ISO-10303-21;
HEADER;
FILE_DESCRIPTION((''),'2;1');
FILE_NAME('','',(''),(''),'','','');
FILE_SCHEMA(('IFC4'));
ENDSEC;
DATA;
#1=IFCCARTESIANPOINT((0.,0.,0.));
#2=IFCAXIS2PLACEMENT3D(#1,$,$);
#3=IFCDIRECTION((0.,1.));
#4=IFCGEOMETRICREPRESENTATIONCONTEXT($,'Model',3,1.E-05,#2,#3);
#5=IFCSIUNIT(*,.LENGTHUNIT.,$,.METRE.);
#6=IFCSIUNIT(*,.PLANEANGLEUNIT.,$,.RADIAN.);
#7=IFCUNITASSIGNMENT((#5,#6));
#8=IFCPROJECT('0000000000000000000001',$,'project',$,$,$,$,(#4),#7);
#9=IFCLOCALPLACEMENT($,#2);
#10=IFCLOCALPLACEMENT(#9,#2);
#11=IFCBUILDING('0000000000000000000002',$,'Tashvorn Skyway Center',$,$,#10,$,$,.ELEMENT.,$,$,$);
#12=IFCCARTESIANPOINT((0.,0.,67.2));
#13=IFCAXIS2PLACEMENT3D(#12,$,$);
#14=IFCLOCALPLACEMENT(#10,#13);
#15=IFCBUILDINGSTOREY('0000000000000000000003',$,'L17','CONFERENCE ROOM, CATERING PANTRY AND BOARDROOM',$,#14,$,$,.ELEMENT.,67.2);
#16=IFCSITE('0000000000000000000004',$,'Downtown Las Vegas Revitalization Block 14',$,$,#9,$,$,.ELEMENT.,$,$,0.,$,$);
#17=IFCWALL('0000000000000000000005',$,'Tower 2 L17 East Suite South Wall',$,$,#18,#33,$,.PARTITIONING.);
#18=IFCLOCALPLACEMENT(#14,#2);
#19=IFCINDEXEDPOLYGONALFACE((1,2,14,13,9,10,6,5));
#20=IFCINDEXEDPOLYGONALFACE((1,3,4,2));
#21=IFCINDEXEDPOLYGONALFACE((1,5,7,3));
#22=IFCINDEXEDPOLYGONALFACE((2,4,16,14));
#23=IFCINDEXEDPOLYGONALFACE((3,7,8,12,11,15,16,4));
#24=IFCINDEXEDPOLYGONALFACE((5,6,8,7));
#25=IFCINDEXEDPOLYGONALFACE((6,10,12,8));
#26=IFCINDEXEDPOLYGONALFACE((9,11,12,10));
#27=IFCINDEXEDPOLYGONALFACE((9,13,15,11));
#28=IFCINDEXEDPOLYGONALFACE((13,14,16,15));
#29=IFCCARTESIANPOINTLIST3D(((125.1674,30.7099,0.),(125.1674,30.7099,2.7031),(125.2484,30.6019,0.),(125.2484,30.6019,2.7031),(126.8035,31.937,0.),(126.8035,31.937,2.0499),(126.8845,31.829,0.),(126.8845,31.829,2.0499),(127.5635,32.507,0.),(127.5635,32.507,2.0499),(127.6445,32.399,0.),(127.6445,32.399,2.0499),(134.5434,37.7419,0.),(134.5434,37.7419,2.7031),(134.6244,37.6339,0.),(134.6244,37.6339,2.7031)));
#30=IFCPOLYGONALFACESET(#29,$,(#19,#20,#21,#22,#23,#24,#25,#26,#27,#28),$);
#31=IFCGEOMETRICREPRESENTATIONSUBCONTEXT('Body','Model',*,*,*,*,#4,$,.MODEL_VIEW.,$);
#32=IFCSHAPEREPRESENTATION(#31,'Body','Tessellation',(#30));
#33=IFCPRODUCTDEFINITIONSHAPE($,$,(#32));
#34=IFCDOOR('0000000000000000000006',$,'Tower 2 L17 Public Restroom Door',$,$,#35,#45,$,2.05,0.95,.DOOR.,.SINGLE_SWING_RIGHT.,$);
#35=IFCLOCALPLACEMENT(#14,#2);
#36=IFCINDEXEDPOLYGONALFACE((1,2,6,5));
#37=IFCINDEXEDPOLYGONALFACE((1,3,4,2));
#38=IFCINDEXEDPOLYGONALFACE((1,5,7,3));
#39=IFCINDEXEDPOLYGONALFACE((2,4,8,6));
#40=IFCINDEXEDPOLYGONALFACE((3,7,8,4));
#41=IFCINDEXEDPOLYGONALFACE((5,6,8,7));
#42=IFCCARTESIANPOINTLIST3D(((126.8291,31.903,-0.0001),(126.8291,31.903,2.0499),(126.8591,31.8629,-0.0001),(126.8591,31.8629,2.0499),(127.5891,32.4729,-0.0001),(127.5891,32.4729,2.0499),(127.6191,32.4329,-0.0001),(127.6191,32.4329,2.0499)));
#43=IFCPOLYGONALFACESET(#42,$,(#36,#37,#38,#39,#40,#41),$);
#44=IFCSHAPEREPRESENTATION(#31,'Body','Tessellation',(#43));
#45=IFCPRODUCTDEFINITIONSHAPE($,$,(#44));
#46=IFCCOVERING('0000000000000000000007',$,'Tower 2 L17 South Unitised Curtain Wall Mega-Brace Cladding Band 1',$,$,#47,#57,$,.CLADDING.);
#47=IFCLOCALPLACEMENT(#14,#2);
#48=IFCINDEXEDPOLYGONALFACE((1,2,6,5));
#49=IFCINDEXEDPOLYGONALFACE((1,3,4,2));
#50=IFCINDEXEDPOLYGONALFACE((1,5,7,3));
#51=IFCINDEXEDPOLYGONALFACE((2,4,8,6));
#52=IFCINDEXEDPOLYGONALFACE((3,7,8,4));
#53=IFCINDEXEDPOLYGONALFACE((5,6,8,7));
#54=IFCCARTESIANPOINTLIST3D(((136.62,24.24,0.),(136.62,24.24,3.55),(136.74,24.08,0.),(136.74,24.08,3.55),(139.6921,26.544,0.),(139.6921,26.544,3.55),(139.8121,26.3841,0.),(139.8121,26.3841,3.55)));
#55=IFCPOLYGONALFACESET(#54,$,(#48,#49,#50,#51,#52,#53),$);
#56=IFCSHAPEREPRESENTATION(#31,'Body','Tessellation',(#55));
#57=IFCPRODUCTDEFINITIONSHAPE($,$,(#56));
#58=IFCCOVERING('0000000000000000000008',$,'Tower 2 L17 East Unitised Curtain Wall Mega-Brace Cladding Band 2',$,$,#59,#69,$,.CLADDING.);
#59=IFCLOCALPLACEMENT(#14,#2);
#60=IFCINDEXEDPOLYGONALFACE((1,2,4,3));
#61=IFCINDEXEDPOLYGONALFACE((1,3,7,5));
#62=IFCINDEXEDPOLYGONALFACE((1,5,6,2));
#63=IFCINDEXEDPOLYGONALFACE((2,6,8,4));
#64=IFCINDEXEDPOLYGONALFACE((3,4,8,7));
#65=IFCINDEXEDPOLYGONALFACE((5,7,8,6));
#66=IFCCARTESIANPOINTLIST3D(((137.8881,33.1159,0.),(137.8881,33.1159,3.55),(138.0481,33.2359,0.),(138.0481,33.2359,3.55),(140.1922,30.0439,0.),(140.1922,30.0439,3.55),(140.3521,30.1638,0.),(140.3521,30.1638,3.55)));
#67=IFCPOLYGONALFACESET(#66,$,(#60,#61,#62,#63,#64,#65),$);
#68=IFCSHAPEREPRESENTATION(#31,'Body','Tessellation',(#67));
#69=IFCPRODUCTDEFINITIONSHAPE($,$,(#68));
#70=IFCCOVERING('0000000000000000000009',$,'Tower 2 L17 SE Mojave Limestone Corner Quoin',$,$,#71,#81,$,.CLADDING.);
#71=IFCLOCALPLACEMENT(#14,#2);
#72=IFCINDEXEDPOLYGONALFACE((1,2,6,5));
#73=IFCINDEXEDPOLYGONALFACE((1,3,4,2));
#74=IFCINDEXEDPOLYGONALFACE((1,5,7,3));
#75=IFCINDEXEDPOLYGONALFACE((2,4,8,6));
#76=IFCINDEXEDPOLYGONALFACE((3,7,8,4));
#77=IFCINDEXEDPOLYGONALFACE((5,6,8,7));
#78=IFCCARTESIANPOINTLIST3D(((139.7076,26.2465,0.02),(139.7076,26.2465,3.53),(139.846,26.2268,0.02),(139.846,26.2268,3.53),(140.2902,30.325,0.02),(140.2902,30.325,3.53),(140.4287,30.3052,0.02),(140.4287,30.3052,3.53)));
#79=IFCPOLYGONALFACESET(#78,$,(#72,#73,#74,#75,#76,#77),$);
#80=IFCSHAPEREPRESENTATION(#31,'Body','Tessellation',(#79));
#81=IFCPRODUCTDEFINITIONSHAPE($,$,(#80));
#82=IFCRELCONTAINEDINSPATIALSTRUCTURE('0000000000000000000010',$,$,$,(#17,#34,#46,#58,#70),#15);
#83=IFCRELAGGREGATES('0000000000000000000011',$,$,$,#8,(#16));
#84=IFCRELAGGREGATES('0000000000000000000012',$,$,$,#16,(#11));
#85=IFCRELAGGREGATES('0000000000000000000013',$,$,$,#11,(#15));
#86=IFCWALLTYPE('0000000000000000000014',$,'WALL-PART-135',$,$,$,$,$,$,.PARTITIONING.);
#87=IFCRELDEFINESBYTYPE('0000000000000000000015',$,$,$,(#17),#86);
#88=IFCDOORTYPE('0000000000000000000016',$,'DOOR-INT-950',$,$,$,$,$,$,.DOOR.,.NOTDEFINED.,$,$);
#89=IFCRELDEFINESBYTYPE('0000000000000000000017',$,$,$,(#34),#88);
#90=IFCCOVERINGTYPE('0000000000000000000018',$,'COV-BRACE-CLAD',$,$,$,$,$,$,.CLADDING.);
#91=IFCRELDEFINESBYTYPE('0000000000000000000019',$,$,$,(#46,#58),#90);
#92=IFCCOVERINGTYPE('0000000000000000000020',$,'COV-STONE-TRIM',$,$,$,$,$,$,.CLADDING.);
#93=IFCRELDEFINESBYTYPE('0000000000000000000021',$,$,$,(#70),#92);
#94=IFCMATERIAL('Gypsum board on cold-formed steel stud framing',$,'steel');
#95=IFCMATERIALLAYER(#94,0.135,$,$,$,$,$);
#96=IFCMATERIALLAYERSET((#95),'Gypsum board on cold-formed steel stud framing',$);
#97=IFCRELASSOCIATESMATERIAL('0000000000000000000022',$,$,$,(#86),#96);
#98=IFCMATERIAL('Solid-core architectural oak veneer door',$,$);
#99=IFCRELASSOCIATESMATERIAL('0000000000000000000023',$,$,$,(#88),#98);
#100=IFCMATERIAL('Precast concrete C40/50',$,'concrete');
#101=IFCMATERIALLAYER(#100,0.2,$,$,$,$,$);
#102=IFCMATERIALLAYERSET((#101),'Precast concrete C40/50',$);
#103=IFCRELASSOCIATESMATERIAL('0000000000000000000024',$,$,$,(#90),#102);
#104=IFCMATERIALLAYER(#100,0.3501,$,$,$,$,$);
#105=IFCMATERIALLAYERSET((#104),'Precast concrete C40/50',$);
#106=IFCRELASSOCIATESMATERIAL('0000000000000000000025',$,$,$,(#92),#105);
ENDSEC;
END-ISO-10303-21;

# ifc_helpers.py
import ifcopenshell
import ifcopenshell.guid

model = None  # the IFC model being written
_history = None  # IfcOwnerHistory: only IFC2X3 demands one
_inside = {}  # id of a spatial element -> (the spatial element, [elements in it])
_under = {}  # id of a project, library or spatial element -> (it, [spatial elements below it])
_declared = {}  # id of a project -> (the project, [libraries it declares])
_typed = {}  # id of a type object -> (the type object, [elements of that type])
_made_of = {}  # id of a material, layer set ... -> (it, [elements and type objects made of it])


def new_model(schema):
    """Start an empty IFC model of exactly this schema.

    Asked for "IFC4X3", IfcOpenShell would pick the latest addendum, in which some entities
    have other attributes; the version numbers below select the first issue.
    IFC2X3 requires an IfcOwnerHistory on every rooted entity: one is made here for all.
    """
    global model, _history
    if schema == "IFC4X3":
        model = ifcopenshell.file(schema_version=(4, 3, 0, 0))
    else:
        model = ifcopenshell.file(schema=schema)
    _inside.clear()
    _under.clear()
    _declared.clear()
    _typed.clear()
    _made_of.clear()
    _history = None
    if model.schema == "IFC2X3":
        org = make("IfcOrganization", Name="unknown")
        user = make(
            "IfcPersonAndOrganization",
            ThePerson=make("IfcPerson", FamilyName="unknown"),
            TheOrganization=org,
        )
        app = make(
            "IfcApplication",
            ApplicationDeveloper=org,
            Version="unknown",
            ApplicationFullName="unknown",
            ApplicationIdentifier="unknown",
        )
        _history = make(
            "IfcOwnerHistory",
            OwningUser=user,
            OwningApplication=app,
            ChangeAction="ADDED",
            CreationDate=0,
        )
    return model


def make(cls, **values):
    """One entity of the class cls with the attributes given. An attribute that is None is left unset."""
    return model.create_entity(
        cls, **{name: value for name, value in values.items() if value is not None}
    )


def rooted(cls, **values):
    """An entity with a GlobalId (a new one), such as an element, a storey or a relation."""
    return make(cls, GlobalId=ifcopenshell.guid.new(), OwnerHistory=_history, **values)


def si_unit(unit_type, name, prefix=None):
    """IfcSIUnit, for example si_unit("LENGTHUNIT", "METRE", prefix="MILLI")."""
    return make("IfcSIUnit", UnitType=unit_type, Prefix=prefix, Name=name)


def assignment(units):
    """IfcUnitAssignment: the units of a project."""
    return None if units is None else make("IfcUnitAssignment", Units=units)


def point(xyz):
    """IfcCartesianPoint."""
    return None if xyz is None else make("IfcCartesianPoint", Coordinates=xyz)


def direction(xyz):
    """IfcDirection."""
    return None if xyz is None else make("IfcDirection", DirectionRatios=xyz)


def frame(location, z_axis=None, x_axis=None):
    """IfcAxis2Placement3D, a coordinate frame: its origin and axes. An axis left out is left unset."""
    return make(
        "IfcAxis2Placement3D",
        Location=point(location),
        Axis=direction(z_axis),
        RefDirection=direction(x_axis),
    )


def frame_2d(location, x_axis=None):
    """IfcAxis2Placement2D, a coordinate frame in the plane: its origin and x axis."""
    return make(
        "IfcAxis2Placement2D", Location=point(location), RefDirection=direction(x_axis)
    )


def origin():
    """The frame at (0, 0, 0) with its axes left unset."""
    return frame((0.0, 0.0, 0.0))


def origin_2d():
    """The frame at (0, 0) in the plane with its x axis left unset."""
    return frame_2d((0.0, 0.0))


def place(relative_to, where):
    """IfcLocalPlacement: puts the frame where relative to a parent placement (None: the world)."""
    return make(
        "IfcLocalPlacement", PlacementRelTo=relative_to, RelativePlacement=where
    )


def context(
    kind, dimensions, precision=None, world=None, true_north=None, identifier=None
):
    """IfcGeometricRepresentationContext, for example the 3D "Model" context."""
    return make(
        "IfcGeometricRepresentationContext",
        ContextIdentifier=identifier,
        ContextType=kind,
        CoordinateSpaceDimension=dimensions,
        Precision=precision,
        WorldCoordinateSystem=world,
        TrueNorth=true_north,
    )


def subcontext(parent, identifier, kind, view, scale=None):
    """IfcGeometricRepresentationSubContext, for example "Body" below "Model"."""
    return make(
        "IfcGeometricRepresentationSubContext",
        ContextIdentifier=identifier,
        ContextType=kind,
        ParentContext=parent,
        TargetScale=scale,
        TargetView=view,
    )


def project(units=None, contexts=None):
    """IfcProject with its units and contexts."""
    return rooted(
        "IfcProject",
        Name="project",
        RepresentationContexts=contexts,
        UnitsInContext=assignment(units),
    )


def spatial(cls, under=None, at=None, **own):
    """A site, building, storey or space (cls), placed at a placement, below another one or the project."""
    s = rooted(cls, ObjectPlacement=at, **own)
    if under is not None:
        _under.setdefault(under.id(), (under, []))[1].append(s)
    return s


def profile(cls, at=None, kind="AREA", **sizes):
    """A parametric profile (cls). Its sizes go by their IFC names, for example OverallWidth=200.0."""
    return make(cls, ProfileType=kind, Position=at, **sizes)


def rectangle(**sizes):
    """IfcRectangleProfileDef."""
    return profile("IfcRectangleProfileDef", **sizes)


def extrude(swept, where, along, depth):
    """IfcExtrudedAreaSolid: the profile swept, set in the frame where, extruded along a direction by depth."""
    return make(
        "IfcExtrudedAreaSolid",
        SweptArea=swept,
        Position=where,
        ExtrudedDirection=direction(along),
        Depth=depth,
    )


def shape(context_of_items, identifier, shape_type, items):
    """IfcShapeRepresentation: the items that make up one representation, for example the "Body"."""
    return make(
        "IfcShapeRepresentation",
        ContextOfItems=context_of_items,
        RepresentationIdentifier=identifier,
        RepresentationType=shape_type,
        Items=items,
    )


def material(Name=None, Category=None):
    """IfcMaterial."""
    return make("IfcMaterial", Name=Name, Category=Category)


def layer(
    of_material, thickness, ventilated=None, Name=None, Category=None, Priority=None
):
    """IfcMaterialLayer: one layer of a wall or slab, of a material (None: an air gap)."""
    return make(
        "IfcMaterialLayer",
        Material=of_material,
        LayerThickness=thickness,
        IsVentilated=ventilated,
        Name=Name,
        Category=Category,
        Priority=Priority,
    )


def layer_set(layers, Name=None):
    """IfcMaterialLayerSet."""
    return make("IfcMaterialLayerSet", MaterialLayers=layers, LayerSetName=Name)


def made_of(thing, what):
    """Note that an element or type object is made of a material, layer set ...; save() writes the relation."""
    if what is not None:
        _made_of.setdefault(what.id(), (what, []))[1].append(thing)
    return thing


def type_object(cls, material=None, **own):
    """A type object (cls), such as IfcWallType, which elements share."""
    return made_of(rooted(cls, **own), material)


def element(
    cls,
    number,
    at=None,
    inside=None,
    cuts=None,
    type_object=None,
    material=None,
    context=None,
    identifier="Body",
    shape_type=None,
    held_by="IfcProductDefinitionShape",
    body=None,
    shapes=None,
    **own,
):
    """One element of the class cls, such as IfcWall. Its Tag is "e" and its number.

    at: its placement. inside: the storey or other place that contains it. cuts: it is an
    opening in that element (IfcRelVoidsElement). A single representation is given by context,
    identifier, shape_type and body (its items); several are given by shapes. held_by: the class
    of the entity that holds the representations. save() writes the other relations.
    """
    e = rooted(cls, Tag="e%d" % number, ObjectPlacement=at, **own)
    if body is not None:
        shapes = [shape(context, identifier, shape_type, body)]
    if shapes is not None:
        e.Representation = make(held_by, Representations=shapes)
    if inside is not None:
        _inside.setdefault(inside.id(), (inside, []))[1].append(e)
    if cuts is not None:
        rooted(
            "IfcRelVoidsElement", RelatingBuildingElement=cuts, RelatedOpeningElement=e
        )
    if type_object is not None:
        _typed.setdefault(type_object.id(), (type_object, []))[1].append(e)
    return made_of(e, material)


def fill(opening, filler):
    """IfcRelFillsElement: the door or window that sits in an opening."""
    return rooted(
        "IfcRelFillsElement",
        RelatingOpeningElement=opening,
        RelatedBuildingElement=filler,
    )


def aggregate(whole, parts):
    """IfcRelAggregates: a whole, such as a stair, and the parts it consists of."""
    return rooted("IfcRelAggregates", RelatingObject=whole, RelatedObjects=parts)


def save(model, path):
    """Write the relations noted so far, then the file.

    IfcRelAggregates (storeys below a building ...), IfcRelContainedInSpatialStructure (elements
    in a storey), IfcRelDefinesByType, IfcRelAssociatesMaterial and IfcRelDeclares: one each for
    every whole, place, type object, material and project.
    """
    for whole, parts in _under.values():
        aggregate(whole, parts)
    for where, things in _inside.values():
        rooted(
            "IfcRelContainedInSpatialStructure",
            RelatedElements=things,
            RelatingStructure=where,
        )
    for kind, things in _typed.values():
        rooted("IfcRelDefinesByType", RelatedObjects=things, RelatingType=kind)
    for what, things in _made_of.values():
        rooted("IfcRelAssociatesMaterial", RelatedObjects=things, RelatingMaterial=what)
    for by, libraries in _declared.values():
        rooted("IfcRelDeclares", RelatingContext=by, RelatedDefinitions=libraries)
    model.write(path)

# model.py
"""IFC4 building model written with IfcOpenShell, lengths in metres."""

from ifc_helpers import new_model, si_unit, direction, frame, frame_2d, origin, origin_2d, place, context, subcontext, project, spatial, rectangle, extrude, material, layer, layer_set, type_object, element, fill, save


model = new_model("IFC4")

# Units and contexts
model_context = context("Model", 3, precision=1e-05, world=origin(), true_north=direction((0.0, 1.0)))
body_context = subcontext(model_context, "Body", "Model", "MODEL_VIEW")
ifc_project = project(units=[si_unit("LENGTHUNIT", "METRE"), si_unit("PLANEANGLEUNIT", "RADIAN")], contexts=[model_context])

# Site, building, storey
site_placement = place(None, origin())
site = spatial("IfcSite", under=ifc_project, at=site_placement, Name="Downtown Las Vegas Revitalization Block 14", CompositionType="ELEMENT", RefElevation=0.0)
building_placement = place(site_placement, origin())
building = spatial("IfcBuilding", under=site, at=building_placement, Name="Tashvorn Skyway Center", CompositionType="ELEMENT")
storey_placement = place(building_placement, frame((0.0, 0.0, 67.2)))
storey = spatial("IfcBuildingStorey", under=building, at=storey_placement, Name="L17", Description="CONFERENCE ROOM, CATERING PANTRY AND BOARDROOM", CompositionType="ELEMENT", Elevation=67.2)

# Shared definitions
ifc_material_1 = material(Name="Precast concrete C40/50", Category="concrete")

# Shared definitions
ifc_material_2 = material(Name="Gypsum board on cold-formed steel stud framing", Category="steel")
ifc_layer_1 = layer(ifc_material_2, 0.135)
ifc_layer_set_1 = layer_set([ifc_layer_1], Name="Gypsum board on cold-formed steel stud framing")
wall_type_1 = type_object("IfcWallType", Name="WALL-PART-135", PredefinedType="PARTITIONING", material=ifc_layer_set_1)
ifc_material_3 = material(Name="Solid-core architectural oak veneer door")
door_type_1 = type_object("IfcDoorType", Name="DOOR-INT-950", OperationType="NOTDEFINED", PredefinedType="DOOR", material=ifc_material_3)

# Wall, opening, door
wall_1_placement = place(storey_placement, frame((125.208, 30.656, 0.0), z_axis=(0.0, 0.0, 1.0), x_axis=(0.8, 0.6, 0.0)))
wall_1 = element("IfcWall", 1, at=wall_1_placement, inside=storey, type_object=wall_type_1, Name="Tower 2 L17 East Suite South Wall", PredefinedType="PARTITIONING", context=body_context, shape_type="SweptSolid", body=[
    extrude(rectangle(XDim=11.72, YDim=0.135, at=frame_2d((5.8599, 0.0))), origin(), (0.0, 0.0, 1.0), 2.7031),
])
opening_1_placement = place(wall_1_placement, frame((2.0449, 0.0, 0.0)))
opening_1 = element("IfcOpeningElement", 2, at=opening_1_placement, cuts=wall_1, PredefinedType="OPENING", context=body_context, shape_type="SweptSolid", body=[
    extrude(rectangle(XDim=0.95, YDim=2.05, at=frame_2d((0.4751, 1.0249))), frame((0.0, 0.0774, 0.0), z_axis=(0.0, -1.0, 0.0), x_axis=(1.0, 0.0, 0.0)), (0.0, 0.0, 1.0), 0.155),
])
door_1_placement = place(opening_1_placement, origin())
door_1 = element("IfcDoor", 3, at=door_1_placement, inside=storey, type_object=door_type_1, Name="Tower 2 L17 Public Restroom Door", OperationType="SINGLE_SWING_RIGHT", OverallHeight=2.05, OverallWidth=0.95, PredefinedType="DOOR", context=body_context, shape_type="SweptSolid", body=[
    extrude(rectangle(XDim=0.95, YDim=2.05, at=frame_2d((0.4751, 1.0249))), frame((0.0, 0.0249, 0.0), z_axis=(0.0, -1.0, 0.0), x_axis=(1.0, 0.0, 0.0)), (0.0, 0.0, 1.0), 0.05),
])
fill(opening_1, door_1)

# Coverings
ifc_layer_2 = layer(ifc_material_1, 0.2)
ifc_layer_set_2 = layer_set([ifc_layer_2], Name="Precast concrete C40/50")
covering_type_1 = type_object("IfcCoveringType", Name="COV-BRACE-CLAD", PredefinedType="CLADDING", material=ifc_layer_set_2)
for number, where, z_axis, x_axis, name in (
    (4, (138.2161, 25.312, 0.0), (0.0, 0.0, 1.0), (-0.8, -0.6, 0.0), "Tower 2 L17 South Unitised Curtain Wall Mega-Brace Cladding Band 1"),
    (5, (139.1201, 31.6399, 0.0), (0.0, 0.0, 1.0), (0.6, -0.8, 0.0), "Tower 2 L17 East Unitised Curtain Wall Mega-Brace Cladding Band 2"),
):
    element("IfcCovering", number, at=place(storey_placement, frame(where, z_axis=z_axis, x_axis=x_axis)), inside=storey, type_object=covering_type_1, Name=name, PredefinedType="CLADDING", context=body_context, shape_type="SweptSolid", body=[
        extrude(rectangle(XDim=3.8401, YDim=0.2, at=origin_2d()), origin(), (0.0, 0.0, 1.0), 3.55),
    ])
ifc_layer_3 = layer(ifc_material_1, 0.3501)
ifc_layer_set_3 = layer_set([ifc_layer_3], Name="Precast concrete C40/50")
covering_type_2 = type_object("IfcCoveringType", Name="COV-STONE-TRIM", PredefinedType="CLADDING", material=ifc_layer_set_3)
covering_placement = place(storey_placement, frame((140.0681, 28.2759, 0.02), z_axis=(0.0, 0.0, 1.0), x_axis=(0.141421, 0.989949, 0.0)))
element("IfcCovering", 6, at=covering_placement, inside=storey, type_object=covering_type_2, Name="Tower 2 L17 SE Mojave Limestone Corner Quoin", PredefinedType="CLADDING", context=body_context, shape_type="SweptSolid", body=[
    extrude(rectangle(XDim=4.1199, YDim=0.1399, at=origin_2d()), origin(), (0.0, 0.0, 1.0), 3.51),
])

save(model, "model.ifc")
